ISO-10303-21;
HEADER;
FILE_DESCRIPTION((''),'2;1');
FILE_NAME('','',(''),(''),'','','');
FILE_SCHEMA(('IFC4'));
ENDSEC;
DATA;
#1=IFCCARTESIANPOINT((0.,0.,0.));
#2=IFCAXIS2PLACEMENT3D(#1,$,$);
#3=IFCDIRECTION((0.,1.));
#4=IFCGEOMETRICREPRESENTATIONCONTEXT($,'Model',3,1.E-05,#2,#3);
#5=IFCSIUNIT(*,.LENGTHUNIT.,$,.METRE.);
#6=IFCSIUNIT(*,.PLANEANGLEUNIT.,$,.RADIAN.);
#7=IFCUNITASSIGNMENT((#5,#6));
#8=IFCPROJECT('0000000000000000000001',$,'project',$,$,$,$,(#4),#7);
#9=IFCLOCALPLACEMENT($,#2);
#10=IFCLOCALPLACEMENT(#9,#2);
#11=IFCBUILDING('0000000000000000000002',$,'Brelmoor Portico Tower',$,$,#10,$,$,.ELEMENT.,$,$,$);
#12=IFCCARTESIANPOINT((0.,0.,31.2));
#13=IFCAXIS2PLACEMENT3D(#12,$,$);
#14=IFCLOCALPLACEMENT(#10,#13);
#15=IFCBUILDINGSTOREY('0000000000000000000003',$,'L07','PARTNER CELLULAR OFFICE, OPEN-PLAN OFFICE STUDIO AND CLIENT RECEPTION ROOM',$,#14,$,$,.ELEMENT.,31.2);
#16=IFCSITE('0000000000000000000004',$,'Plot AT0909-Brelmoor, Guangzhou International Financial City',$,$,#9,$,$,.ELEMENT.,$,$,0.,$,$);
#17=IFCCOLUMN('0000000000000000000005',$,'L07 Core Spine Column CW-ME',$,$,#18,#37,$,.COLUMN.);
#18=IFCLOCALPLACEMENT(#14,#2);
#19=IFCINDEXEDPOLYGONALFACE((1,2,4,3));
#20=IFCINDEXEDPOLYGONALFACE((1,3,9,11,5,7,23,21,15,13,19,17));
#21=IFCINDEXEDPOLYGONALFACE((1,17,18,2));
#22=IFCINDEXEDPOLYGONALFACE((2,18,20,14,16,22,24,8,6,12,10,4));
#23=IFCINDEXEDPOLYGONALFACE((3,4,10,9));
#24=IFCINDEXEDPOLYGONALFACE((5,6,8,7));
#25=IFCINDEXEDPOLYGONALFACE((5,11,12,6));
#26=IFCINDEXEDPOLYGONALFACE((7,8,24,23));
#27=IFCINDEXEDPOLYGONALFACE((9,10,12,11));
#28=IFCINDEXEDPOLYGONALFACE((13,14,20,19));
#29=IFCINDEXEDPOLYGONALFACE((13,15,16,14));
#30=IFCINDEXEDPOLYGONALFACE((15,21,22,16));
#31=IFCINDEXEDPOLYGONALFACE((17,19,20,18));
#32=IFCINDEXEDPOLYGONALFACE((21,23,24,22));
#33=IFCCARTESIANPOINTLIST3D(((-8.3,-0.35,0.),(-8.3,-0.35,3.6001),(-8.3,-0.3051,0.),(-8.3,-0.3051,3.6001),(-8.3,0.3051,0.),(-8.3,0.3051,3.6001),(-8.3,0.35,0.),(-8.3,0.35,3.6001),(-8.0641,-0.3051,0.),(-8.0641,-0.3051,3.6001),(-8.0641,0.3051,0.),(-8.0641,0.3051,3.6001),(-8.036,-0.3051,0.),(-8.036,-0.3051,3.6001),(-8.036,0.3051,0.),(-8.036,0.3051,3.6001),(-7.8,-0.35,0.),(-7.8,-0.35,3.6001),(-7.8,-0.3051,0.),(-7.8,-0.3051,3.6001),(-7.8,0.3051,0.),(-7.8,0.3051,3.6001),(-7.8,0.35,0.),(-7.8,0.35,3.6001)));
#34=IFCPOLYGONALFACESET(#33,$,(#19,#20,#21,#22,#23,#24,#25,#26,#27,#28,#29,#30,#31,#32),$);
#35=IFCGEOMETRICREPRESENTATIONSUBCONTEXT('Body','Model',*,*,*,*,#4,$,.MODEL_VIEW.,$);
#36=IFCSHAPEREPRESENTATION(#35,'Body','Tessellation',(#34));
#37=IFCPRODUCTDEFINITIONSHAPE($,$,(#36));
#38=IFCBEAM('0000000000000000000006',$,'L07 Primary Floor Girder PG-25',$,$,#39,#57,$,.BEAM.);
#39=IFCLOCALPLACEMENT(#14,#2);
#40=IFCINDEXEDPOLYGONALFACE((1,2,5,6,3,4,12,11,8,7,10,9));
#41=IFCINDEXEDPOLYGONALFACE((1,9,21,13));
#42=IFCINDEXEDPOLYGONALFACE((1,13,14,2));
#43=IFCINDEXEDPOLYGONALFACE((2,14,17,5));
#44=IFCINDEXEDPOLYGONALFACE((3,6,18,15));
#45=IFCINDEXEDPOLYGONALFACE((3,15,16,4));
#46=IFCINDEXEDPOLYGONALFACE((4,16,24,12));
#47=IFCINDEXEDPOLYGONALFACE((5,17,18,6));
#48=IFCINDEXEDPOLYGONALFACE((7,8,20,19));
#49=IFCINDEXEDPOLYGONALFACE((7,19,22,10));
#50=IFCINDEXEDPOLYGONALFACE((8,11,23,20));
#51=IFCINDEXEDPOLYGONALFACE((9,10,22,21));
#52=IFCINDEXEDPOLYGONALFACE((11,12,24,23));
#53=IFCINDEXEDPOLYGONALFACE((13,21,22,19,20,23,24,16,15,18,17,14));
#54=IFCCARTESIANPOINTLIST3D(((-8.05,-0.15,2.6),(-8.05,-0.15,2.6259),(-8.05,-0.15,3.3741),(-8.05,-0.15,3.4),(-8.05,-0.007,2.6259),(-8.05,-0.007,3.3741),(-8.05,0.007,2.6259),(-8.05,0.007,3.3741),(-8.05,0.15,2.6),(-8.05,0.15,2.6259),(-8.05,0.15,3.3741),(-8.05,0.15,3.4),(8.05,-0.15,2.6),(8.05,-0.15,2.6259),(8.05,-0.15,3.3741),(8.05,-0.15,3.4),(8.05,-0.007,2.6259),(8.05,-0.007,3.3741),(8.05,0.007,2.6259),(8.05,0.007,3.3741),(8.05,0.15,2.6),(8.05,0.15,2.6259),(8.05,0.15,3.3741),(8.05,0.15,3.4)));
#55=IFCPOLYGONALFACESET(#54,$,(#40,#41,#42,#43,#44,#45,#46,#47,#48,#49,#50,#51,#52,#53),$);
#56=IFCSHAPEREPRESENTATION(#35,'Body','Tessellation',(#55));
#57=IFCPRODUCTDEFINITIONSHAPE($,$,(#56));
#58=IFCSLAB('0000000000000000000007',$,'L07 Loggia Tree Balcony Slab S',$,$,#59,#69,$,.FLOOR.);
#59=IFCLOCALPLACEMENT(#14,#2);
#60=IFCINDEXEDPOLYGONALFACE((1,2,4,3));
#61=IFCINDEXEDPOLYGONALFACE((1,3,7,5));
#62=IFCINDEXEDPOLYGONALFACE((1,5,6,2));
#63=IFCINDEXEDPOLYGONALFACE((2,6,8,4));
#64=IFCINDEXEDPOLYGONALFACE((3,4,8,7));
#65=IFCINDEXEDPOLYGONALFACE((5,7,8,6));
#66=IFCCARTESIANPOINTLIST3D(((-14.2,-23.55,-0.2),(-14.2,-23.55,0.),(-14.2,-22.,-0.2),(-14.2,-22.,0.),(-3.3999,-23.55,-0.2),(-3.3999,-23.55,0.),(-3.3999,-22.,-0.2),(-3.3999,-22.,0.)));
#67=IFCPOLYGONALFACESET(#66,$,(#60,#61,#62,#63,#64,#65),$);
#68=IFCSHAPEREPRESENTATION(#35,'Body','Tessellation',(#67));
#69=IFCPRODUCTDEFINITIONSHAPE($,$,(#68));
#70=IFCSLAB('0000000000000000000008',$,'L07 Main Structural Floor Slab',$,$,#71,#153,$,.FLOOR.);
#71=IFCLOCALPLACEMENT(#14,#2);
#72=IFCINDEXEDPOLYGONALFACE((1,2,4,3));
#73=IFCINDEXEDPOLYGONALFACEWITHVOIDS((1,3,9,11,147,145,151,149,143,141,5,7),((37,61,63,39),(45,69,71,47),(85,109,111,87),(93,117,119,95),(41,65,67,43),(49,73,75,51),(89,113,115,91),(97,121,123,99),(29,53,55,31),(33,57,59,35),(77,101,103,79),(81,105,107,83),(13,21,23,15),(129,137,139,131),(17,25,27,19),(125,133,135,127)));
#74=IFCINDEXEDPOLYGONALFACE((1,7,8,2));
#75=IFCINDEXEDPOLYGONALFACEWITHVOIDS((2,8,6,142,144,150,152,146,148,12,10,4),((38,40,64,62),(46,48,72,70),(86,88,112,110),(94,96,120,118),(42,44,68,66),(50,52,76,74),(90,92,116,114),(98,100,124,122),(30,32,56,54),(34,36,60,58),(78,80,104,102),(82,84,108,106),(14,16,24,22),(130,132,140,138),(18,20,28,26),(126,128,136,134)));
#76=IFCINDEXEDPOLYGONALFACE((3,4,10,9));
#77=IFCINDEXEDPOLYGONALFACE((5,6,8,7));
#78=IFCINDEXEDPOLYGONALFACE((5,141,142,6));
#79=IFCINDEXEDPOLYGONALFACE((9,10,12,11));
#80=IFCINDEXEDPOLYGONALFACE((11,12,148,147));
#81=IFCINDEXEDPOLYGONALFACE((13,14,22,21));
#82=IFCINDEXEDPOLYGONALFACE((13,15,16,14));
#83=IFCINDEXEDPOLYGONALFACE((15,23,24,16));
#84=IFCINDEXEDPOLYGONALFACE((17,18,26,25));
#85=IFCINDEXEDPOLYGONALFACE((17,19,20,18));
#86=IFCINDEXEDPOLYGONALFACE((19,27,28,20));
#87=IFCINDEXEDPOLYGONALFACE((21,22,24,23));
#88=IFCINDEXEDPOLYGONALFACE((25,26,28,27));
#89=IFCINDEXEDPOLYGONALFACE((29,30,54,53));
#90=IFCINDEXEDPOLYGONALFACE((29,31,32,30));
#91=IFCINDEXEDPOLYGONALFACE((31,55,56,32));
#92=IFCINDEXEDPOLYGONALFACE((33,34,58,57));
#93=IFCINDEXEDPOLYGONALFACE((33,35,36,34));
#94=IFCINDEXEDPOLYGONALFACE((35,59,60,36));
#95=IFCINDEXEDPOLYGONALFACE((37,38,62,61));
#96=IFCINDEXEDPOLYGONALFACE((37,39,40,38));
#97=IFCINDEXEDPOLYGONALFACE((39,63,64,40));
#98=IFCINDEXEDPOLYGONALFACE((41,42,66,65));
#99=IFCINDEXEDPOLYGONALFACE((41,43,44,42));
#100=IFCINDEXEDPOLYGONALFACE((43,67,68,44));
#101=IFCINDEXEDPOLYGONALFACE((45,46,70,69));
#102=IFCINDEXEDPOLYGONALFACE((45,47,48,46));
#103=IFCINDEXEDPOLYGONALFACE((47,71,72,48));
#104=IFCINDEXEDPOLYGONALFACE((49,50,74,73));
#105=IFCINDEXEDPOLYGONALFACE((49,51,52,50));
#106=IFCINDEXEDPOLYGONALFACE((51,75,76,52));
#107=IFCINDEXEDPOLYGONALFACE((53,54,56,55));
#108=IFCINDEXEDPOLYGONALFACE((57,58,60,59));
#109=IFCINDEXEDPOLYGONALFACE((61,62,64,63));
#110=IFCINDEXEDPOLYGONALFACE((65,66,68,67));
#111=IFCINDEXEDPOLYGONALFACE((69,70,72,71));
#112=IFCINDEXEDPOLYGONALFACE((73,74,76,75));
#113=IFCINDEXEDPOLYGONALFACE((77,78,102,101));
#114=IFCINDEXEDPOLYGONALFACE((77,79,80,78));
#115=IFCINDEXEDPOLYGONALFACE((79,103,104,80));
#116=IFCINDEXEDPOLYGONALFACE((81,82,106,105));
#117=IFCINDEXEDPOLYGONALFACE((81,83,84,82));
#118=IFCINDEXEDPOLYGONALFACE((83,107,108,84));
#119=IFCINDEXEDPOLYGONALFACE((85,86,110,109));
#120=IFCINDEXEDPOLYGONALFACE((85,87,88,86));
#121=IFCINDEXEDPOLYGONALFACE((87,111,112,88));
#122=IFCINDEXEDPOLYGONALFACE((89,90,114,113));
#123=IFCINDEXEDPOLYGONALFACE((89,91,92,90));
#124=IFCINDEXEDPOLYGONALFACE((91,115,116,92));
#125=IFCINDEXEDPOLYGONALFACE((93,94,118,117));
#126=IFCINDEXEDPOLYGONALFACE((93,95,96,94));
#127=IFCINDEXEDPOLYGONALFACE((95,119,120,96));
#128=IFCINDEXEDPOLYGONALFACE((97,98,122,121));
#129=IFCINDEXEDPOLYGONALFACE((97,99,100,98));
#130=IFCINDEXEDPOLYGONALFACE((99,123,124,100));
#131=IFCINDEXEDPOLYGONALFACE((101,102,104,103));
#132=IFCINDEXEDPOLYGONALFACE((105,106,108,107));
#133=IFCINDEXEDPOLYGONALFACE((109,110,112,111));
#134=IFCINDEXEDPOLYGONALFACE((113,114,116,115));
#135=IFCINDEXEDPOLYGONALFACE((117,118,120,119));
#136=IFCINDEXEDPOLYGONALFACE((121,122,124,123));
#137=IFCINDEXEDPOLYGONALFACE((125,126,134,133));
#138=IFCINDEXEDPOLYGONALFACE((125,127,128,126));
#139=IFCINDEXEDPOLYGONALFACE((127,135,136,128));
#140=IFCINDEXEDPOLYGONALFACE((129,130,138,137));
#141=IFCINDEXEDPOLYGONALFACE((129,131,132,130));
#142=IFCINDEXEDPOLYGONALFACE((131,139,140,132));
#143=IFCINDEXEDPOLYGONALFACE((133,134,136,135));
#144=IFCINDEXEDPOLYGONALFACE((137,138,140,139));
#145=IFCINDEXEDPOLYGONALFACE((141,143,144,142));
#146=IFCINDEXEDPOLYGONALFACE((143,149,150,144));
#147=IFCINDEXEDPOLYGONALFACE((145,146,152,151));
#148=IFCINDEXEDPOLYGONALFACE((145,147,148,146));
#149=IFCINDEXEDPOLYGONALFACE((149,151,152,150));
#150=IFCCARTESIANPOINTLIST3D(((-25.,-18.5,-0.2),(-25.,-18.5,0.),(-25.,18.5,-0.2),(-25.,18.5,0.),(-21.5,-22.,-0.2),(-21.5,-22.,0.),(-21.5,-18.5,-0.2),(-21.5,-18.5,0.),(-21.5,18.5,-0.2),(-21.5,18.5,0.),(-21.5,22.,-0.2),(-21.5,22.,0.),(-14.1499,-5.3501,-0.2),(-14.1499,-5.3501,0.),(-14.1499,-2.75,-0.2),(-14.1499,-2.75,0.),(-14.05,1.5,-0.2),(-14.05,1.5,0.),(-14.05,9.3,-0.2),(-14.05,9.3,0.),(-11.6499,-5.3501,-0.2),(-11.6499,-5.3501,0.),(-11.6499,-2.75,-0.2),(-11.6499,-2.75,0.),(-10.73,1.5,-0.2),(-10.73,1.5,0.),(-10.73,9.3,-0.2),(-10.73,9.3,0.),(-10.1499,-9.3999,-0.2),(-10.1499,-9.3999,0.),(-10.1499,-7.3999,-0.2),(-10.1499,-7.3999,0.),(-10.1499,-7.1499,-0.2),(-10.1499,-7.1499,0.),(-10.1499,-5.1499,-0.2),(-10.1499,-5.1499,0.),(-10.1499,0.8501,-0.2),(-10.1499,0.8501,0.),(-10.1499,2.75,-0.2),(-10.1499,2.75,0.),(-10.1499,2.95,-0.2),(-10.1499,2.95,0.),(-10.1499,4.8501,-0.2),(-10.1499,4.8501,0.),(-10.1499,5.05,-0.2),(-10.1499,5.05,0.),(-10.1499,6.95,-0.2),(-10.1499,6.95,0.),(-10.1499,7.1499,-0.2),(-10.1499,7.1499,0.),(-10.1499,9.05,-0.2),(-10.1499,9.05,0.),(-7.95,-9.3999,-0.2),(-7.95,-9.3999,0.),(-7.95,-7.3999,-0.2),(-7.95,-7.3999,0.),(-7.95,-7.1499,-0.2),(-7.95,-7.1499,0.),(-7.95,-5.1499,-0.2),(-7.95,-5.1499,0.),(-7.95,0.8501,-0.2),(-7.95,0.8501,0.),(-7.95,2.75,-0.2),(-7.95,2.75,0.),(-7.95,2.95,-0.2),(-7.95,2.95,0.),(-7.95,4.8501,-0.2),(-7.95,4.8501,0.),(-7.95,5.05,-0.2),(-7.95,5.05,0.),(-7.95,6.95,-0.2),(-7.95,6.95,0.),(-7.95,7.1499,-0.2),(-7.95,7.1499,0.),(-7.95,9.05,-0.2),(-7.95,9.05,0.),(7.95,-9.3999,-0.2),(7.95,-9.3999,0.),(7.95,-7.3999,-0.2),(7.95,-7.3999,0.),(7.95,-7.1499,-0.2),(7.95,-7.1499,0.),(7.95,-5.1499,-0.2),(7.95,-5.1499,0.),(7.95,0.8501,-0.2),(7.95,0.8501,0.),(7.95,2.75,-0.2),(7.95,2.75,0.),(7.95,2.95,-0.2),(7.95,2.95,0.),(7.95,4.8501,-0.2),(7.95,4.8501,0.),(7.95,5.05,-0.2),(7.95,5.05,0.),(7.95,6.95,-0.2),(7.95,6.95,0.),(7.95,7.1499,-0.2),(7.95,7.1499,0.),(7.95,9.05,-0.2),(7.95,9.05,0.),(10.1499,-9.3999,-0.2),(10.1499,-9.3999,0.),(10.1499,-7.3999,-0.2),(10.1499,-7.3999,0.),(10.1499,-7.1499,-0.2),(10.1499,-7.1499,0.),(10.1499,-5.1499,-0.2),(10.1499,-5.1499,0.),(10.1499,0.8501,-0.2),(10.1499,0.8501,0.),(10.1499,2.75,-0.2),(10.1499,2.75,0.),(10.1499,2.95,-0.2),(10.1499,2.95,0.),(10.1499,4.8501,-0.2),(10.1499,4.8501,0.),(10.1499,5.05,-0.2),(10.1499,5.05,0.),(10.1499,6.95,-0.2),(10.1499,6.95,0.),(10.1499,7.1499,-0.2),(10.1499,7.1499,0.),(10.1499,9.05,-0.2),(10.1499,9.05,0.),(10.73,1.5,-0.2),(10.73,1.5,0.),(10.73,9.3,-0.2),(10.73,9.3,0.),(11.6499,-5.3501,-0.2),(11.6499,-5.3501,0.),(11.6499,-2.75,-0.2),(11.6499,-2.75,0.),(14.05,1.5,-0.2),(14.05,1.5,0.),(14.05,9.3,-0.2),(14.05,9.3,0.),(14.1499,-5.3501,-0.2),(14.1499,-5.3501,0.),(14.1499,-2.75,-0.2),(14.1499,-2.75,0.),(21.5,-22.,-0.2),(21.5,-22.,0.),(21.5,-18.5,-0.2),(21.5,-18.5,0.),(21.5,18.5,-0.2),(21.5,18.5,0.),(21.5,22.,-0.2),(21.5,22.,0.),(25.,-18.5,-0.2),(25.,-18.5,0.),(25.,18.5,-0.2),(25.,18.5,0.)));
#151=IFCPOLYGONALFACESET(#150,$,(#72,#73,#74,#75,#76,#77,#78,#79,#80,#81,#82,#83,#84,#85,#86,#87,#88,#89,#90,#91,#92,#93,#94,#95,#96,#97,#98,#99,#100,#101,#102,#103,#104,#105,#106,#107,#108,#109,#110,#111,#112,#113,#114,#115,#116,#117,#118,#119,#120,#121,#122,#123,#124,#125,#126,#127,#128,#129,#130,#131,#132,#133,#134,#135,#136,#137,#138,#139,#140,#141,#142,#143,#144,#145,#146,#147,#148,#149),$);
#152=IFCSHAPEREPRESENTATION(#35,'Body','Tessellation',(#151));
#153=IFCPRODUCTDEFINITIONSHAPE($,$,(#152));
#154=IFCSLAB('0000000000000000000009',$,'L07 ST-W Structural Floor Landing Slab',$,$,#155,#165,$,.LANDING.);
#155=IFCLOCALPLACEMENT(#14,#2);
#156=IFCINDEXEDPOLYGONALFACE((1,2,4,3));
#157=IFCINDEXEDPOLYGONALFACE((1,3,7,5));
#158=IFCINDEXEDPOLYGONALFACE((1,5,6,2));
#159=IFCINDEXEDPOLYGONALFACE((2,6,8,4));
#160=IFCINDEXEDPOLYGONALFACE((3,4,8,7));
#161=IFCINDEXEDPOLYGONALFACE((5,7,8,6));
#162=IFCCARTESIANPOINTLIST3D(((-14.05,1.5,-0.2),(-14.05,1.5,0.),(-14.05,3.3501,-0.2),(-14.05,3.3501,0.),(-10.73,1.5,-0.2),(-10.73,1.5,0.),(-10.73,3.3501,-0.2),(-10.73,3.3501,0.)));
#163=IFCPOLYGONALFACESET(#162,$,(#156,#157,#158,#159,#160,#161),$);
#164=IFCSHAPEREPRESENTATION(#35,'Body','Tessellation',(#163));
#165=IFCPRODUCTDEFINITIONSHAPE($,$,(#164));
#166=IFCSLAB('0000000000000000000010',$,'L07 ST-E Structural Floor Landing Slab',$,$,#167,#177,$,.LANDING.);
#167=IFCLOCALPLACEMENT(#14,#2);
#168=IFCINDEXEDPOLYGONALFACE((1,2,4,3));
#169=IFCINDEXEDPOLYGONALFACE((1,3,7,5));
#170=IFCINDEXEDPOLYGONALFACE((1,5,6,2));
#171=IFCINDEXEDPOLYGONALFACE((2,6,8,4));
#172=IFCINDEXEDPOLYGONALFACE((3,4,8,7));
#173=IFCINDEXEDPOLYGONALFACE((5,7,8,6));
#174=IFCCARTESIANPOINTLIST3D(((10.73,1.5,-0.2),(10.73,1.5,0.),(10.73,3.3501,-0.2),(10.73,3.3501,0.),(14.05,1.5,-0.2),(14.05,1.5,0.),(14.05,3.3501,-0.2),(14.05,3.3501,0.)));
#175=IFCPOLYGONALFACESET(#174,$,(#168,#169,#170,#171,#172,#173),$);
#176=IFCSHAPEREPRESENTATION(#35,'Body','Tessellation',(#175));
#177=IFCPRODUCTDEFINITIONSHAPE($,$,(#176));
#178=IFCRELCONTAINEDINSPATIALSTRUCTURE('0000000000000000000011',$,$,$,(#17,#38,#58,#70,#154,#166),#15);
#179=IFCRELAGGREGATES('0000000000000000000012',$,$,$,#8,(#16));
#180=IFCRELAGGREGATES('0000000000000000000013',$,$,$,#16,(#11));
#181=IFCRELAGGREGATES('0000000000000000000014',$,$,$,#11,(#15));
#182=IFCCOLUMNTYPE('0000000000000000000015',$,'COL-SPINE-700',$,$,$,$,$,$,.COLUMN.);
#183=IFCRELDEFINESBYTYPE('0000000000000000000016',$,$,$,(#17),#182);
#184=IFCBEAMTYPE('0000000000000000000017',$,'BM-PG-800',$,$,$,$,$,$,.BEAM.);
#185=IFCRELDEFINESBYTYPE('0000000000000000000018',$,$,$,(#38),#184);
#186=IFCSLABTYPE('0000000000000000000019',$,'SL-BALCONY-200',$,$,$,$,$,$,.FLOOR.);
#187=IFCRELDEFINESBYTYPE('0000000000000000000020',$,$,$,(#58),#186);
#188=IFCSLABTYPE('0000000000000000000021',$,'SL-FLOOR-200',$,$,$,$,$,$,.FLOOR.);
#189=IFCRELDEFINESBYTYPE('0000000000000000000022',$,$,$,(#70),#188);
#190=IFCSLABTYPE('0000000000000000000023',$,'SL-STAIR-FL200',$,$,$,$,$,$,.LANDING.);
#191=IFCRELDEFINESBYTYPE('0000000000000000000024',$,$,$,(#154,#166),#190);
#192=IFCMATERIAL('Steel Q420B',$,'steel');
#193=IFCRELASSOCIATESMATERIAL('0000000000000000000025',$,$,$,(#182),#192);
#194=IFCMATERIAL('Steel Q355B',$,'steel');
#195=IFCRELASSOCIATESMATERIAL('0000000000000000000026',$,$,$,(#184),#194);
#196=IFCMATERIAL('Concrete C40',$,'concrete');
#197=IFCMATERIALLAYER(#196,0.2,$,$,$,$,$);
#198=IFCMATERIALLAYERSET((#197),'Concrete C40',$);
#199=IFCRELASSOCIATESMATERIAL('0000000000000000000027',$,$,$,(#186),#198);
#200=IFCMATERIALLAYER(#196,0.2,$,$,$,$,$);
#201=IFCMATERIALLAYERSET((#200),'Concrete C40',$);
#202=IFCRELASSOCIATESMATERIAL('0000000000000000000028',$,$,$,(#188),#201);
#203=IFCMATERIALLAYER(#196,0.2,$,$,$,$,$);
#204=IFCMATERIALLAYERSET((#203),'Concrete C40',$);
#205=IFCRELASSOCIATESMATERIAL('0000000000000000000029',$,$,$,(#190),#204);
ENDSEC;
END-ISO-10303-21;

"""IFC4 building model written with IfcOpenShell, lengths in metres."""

from ifc_helpers import new_model, si_unit, direction, frame, origin, origin_2d, place, context, subcontext, project, spatial, polyline, i_section, outline, extrude, material, layer, layer_set, material_profile, profile_set, type_object, element, save


model = new_model("IFC4")

# Units and contexts
model_context = context("Model", 3, precision=1e-05, world=origin(), true_north=direction((0.0, 1.0)))
body_context = subcontext(model_context, "Body", "Model", "MODEL_VIEW")
ifc_project = project(units=[si_unit("LENGTHUNIT", "METRE"), si_unit("PLANEANGLEUNIT", "RADIAN")], contexts=[model_context])

# Site, building, storey
site_placement = place(None, origin())
site = spatial("IfcSite", under=ifc_project, at=site_placement, Name="Plot AT0909-Brelmoor, Guangzhou International Financial City", CompositionType="ELEMENT", RefElevation=0.0)
building_placement = place(site_placement, origin())
building = spatial("IfcBuilding", under=site, at=building_placement, Name="Brelmoor Portico Tower", CompositionType="ELEMENT")
storey_placement = place(building_placement, frame((0.0, 0.0, 31.2)))
storey = spatial("IfcBuildingStorey", under=building, at=storey_placement, Name="L07", Description="PARTNER CELLULAR OFFICE, OPEN-PLAN OFFICE STUDIO AND CLIENT RECEPTION ROOM", CompositionType="ELEMENT", Elevation=31.2)

# Column
ifc_material_1 = material(Name="Steel Q420B", Category="steel")
ifc_material_profile_1 = material_profile(ifc_material_1, i_section(OverallWidth=0.5, OverallDepth=0.7, WebThickness=0.0281, FlangeThickness=0.0449, at=origin_2d()), Name="HW 700x500x28x45")
ifc_profile_set_1 = profile_set([ifc_material_profile_1], Name="Steel Q420B")
column_type = type_object("IfcColumnType", Name="COL-SPINE-700", PredefinedType="COLUMN", material=ifc_profile_set_1)
column_placement = place(storey_placement, frame((-8.05, 0.0, 0.0), z_axis=(0.0, 0.0, 1.0), x_axis=(1.0, 0.0, 0.0)))
element("IfcColumn", 1, at=column_placement, inside=storey, type_object=column_type, Name="L07 Core Spine Column CW-ME", PredefinedType="COLUMN", context=body_context, shape_type="SweptSolid", body=[
    extrude(i_section(OverallWidth=0.5, OverallDepth=0.7, WebThickness=0.0281, FlangeThickness=0.0449, at=origin_2d()), origin(), (0.0, 0.0, 1.0), 3.6001),
])

# Beam
ifc_material_2 = material(Name="Steel Q355B", Category="steel")
ifc_material_profile_2 = material_profile(ifc_material_2, i_section(OverallWidth=0.3, OverallDepth=0.8, WebThickness=0.0139, FlangeThickness=0.0259, at=origin_2d()), Name="HN 800x300x14x26")
ifc_profile_set_2 = profile_set([ifc_material_profile_2], Name="Steel Q355B")
beam_type = type_object("IfcBeamType", Name="BM-PG-800", PredefinedType="BEAM", material=ifc_profile_set_2)
beam_placement = place(storey_placement, frame((-8.05, 0.0, 3.0), z_axis=(1.0, 0.0, 0.0), x_axis=(0.0, 1.0, 0.0)))
element("IfcBeam", 2, at=beam_placement, inside=storey, type_object=beam_type, Name="L07 Primary Floor Girder PG-25", PredefinedType="BEAM", context=body_context, shape_type="SweptSolid", body=[
    extrude(i_section(OverallWidth=0.3, OverallDepth=0.8, WebThickness=0.0139, FlangeThickness=0.0259, at=origin_2d()), origin(), (0.0, 0.0, 1.0), 16.1001),
])

# Slabs
ifc_material_3 = material(Name="Concrete C40", Category="concrete")
ifc_layer_1 = layer(ifc_material_3, 0.2)
ifc_layer_set_1 = layer_set([ifc_layer_1], Name="Concrete C40")
slab_type_1 = type_object("IfcSlabType", Name="SL-BALCONY-200", PredefinedType="FLOOR", material=ifc_layer_set_1)
slab_1_placement = place(storey_placement, frame((0.0, 0.0, -0.2)))
element("IfcSlab", 3, at=slab_1_placement, inside=storey, type_object=slab_type_1, Name="L07 Loggia Tree Balcony Slab S", PredefinedType="FLOOR", context=body_context, shape_type="SweptSolid", body=[
    extrude(outline(polyline([(-14.2, -23.55), (-3.3999, -23.55), (-3.3999, -22.0), (-14.2, -22.0), (-14.2, -23.55)])), origin(), (0.0, 0.0, 1.0), 0.2),
])
ifc_layer_2 = layer(ifc_material_3, 0.2)
ifc_layer_set_2 = layer_set([ifc_layer_2], Name="Concrete C40")
slab_type_2 = type_object("IfcSlabType", Name="SL-FLOOR-200", PredefinedType="FLOOR", material=ifc_layer_set_2)
slab_2_placement = place(storey_placement, frame((0.0, 0.0, -0.2)))
element("IfcSlab", 4, at=slab_2_placement, inside=storey, type_object=slab_type_2, Name="L07 Main Structural Floor Slab", PredefinedType="FLOOR", context=body_context, shape_type="SweptSolid", body=[
    extrude(outline(polyline([(-21.5, -22.0), (21.5, -22.0), (21.5, -18.5), (25.0, -18.5), (25.0, 18.5), (21.5, 18.5), (21.5, 22.0), (-21.5, 22.0), (-21.5, 18.5), (-25.0, 18.5), (-25.0, -18.5), (-21.5, -18.5), (-21.5, -22.0)]), holes=[polyline([(-10.73, 1.5), (-10.73, 9.3), (-14.05, 9.3), (-14.05, 1.5), (-10.73, 1.5)]), polyline([(14.05, 1.5), (14.05, 9.3), (10.73, 9.3), (10.73, 1.5), (14.05, 1.5)]), polyline([(-10.1499, 0.8501), (-7.95, 0.8501), (-7.95, 2.75), (-10.1499, 2.75), (-10.1499, 0.8501)]), polyline([(-10.1499, 2.95), (-7.95, 2.95), (-7.95, 4.8501), (-10.1499, 4.8501), (-10.1499, 2.95)]), polyline([(-10.1499, 5.05), (-7.95, 5.05), (-7.95, 6.95), (-10.1499, 6.95), (-10.1499, 5.05)]), polyline([(-10.1499, 7.1499), (-7.95, 7.1499), (-7.95, 9.05), (-10.1499, 9.05), (-10.1499, 7.1499)]), polyline([(7.95, 0.8501), (10.1499, 0.8501), (10.1499, 2.75), (7.95, 2.75), (7.95, 0.8501)]), polyline([(7.95, 2.95), (10.1499, 2.95), (10.1499, 4.8501), (7.95, 4.8501), (7.95, 2.95)]), polyline([(7.95, 5.05), (10.1499, 5.05), (10.1499, 6.95), (7.95, 6.95), (7.95, 5.05)]), polyline([(7.95, 7.1499), (10.1499, 7.1499), (10.1499, 9.05), (7.95, 9.05), (7.95, 7.1499)]), polyline([(-10.1499, -9.3999), (-7.95, -9.3999), (-7.95, -7.3999), (-10.1499, -7.3999), (-10.1499, -9.3999)]), polyline([(-10.1499, -7.1499), (-7.95, -7.1499), (-7.95, -5.1499), (-10.1499, -5.1499), (-10.1499, -7.1499)]), polyline([(7.95, -9.3999), (10.1499, -9.3999), (10.1499, -7.3999), (7.95, -7.3999), (7.95, -9.3999)]), polyline([(7.95, -7.1499), (10.1499, -7.1499), (10.1499, -5.1499), (7.95, -5.1499), (7.95, -7.1499)]), polyline([(-14.1499, -5.3501), (-11.6499, -5.3501), (-11.6499, -2.75), (-14.1499, -2.75), (-14.1499, -5.3501)]), polyline([(11.6499, -5.3501), (14.1499, -5.3501), (14.1499, -2.75), (11.6499, -2.75), (11.6499, -5.3501)])]), origin(), (0.0, 0.0, 1.0), 0.2),
])
ifc_layer_3 = layer(ifc_material_3, 0.2)
ifc_layer_set_3 = layer_set([ifc_layer_3], Name="Concrete C40")
slab_type_3 = type_object("IfcSlabType", Name="SL-STAIR-FL200", PredefinedType="LANDING", material=ifc_layer_set_3)
slab_3_placement = place(storey_placement, frame((0.0, 0.0, -0.2)))
element("IfcSlab", 5, at=slab_3_placement, inside=storey, type_object=slab_type_3, Name="L07 ST-W Structural Floor Landing Slab", PredefinedType="LANDING", context=body_context, shape_type="SweptSolid", body=[
    extrude(outline(polyline([(-10.73, 1.5), (-10.73, 3.3501), (-14.05, 3.3501), (-14.05, 1.5), (-10.73, 1.5)])), origin(), (0.0, 0.0, 1.0), 0.2),
])
slab_4_placement = place(storey_placement, frame((0.0, 0.0, -0.2)))
element("IfcSlab", 6, at=slab_4_placement, inside=storey, type_object=slab_type_3, Name="L07 ST-E Structural Floor Landing Slab", PredefinedType="LANDING", context=body_context, shape_type="SweptSolid", body=[
    extrude(outline(polyline([(14.05, 1.5), (14.05, 3.3501), (10.73, 3.3501), (10.73, 1.5), (14.05, 1.5)])), origin(), (0.0, 0.0, 1.0), 0.2),
])

save(model, "model.ifc")
